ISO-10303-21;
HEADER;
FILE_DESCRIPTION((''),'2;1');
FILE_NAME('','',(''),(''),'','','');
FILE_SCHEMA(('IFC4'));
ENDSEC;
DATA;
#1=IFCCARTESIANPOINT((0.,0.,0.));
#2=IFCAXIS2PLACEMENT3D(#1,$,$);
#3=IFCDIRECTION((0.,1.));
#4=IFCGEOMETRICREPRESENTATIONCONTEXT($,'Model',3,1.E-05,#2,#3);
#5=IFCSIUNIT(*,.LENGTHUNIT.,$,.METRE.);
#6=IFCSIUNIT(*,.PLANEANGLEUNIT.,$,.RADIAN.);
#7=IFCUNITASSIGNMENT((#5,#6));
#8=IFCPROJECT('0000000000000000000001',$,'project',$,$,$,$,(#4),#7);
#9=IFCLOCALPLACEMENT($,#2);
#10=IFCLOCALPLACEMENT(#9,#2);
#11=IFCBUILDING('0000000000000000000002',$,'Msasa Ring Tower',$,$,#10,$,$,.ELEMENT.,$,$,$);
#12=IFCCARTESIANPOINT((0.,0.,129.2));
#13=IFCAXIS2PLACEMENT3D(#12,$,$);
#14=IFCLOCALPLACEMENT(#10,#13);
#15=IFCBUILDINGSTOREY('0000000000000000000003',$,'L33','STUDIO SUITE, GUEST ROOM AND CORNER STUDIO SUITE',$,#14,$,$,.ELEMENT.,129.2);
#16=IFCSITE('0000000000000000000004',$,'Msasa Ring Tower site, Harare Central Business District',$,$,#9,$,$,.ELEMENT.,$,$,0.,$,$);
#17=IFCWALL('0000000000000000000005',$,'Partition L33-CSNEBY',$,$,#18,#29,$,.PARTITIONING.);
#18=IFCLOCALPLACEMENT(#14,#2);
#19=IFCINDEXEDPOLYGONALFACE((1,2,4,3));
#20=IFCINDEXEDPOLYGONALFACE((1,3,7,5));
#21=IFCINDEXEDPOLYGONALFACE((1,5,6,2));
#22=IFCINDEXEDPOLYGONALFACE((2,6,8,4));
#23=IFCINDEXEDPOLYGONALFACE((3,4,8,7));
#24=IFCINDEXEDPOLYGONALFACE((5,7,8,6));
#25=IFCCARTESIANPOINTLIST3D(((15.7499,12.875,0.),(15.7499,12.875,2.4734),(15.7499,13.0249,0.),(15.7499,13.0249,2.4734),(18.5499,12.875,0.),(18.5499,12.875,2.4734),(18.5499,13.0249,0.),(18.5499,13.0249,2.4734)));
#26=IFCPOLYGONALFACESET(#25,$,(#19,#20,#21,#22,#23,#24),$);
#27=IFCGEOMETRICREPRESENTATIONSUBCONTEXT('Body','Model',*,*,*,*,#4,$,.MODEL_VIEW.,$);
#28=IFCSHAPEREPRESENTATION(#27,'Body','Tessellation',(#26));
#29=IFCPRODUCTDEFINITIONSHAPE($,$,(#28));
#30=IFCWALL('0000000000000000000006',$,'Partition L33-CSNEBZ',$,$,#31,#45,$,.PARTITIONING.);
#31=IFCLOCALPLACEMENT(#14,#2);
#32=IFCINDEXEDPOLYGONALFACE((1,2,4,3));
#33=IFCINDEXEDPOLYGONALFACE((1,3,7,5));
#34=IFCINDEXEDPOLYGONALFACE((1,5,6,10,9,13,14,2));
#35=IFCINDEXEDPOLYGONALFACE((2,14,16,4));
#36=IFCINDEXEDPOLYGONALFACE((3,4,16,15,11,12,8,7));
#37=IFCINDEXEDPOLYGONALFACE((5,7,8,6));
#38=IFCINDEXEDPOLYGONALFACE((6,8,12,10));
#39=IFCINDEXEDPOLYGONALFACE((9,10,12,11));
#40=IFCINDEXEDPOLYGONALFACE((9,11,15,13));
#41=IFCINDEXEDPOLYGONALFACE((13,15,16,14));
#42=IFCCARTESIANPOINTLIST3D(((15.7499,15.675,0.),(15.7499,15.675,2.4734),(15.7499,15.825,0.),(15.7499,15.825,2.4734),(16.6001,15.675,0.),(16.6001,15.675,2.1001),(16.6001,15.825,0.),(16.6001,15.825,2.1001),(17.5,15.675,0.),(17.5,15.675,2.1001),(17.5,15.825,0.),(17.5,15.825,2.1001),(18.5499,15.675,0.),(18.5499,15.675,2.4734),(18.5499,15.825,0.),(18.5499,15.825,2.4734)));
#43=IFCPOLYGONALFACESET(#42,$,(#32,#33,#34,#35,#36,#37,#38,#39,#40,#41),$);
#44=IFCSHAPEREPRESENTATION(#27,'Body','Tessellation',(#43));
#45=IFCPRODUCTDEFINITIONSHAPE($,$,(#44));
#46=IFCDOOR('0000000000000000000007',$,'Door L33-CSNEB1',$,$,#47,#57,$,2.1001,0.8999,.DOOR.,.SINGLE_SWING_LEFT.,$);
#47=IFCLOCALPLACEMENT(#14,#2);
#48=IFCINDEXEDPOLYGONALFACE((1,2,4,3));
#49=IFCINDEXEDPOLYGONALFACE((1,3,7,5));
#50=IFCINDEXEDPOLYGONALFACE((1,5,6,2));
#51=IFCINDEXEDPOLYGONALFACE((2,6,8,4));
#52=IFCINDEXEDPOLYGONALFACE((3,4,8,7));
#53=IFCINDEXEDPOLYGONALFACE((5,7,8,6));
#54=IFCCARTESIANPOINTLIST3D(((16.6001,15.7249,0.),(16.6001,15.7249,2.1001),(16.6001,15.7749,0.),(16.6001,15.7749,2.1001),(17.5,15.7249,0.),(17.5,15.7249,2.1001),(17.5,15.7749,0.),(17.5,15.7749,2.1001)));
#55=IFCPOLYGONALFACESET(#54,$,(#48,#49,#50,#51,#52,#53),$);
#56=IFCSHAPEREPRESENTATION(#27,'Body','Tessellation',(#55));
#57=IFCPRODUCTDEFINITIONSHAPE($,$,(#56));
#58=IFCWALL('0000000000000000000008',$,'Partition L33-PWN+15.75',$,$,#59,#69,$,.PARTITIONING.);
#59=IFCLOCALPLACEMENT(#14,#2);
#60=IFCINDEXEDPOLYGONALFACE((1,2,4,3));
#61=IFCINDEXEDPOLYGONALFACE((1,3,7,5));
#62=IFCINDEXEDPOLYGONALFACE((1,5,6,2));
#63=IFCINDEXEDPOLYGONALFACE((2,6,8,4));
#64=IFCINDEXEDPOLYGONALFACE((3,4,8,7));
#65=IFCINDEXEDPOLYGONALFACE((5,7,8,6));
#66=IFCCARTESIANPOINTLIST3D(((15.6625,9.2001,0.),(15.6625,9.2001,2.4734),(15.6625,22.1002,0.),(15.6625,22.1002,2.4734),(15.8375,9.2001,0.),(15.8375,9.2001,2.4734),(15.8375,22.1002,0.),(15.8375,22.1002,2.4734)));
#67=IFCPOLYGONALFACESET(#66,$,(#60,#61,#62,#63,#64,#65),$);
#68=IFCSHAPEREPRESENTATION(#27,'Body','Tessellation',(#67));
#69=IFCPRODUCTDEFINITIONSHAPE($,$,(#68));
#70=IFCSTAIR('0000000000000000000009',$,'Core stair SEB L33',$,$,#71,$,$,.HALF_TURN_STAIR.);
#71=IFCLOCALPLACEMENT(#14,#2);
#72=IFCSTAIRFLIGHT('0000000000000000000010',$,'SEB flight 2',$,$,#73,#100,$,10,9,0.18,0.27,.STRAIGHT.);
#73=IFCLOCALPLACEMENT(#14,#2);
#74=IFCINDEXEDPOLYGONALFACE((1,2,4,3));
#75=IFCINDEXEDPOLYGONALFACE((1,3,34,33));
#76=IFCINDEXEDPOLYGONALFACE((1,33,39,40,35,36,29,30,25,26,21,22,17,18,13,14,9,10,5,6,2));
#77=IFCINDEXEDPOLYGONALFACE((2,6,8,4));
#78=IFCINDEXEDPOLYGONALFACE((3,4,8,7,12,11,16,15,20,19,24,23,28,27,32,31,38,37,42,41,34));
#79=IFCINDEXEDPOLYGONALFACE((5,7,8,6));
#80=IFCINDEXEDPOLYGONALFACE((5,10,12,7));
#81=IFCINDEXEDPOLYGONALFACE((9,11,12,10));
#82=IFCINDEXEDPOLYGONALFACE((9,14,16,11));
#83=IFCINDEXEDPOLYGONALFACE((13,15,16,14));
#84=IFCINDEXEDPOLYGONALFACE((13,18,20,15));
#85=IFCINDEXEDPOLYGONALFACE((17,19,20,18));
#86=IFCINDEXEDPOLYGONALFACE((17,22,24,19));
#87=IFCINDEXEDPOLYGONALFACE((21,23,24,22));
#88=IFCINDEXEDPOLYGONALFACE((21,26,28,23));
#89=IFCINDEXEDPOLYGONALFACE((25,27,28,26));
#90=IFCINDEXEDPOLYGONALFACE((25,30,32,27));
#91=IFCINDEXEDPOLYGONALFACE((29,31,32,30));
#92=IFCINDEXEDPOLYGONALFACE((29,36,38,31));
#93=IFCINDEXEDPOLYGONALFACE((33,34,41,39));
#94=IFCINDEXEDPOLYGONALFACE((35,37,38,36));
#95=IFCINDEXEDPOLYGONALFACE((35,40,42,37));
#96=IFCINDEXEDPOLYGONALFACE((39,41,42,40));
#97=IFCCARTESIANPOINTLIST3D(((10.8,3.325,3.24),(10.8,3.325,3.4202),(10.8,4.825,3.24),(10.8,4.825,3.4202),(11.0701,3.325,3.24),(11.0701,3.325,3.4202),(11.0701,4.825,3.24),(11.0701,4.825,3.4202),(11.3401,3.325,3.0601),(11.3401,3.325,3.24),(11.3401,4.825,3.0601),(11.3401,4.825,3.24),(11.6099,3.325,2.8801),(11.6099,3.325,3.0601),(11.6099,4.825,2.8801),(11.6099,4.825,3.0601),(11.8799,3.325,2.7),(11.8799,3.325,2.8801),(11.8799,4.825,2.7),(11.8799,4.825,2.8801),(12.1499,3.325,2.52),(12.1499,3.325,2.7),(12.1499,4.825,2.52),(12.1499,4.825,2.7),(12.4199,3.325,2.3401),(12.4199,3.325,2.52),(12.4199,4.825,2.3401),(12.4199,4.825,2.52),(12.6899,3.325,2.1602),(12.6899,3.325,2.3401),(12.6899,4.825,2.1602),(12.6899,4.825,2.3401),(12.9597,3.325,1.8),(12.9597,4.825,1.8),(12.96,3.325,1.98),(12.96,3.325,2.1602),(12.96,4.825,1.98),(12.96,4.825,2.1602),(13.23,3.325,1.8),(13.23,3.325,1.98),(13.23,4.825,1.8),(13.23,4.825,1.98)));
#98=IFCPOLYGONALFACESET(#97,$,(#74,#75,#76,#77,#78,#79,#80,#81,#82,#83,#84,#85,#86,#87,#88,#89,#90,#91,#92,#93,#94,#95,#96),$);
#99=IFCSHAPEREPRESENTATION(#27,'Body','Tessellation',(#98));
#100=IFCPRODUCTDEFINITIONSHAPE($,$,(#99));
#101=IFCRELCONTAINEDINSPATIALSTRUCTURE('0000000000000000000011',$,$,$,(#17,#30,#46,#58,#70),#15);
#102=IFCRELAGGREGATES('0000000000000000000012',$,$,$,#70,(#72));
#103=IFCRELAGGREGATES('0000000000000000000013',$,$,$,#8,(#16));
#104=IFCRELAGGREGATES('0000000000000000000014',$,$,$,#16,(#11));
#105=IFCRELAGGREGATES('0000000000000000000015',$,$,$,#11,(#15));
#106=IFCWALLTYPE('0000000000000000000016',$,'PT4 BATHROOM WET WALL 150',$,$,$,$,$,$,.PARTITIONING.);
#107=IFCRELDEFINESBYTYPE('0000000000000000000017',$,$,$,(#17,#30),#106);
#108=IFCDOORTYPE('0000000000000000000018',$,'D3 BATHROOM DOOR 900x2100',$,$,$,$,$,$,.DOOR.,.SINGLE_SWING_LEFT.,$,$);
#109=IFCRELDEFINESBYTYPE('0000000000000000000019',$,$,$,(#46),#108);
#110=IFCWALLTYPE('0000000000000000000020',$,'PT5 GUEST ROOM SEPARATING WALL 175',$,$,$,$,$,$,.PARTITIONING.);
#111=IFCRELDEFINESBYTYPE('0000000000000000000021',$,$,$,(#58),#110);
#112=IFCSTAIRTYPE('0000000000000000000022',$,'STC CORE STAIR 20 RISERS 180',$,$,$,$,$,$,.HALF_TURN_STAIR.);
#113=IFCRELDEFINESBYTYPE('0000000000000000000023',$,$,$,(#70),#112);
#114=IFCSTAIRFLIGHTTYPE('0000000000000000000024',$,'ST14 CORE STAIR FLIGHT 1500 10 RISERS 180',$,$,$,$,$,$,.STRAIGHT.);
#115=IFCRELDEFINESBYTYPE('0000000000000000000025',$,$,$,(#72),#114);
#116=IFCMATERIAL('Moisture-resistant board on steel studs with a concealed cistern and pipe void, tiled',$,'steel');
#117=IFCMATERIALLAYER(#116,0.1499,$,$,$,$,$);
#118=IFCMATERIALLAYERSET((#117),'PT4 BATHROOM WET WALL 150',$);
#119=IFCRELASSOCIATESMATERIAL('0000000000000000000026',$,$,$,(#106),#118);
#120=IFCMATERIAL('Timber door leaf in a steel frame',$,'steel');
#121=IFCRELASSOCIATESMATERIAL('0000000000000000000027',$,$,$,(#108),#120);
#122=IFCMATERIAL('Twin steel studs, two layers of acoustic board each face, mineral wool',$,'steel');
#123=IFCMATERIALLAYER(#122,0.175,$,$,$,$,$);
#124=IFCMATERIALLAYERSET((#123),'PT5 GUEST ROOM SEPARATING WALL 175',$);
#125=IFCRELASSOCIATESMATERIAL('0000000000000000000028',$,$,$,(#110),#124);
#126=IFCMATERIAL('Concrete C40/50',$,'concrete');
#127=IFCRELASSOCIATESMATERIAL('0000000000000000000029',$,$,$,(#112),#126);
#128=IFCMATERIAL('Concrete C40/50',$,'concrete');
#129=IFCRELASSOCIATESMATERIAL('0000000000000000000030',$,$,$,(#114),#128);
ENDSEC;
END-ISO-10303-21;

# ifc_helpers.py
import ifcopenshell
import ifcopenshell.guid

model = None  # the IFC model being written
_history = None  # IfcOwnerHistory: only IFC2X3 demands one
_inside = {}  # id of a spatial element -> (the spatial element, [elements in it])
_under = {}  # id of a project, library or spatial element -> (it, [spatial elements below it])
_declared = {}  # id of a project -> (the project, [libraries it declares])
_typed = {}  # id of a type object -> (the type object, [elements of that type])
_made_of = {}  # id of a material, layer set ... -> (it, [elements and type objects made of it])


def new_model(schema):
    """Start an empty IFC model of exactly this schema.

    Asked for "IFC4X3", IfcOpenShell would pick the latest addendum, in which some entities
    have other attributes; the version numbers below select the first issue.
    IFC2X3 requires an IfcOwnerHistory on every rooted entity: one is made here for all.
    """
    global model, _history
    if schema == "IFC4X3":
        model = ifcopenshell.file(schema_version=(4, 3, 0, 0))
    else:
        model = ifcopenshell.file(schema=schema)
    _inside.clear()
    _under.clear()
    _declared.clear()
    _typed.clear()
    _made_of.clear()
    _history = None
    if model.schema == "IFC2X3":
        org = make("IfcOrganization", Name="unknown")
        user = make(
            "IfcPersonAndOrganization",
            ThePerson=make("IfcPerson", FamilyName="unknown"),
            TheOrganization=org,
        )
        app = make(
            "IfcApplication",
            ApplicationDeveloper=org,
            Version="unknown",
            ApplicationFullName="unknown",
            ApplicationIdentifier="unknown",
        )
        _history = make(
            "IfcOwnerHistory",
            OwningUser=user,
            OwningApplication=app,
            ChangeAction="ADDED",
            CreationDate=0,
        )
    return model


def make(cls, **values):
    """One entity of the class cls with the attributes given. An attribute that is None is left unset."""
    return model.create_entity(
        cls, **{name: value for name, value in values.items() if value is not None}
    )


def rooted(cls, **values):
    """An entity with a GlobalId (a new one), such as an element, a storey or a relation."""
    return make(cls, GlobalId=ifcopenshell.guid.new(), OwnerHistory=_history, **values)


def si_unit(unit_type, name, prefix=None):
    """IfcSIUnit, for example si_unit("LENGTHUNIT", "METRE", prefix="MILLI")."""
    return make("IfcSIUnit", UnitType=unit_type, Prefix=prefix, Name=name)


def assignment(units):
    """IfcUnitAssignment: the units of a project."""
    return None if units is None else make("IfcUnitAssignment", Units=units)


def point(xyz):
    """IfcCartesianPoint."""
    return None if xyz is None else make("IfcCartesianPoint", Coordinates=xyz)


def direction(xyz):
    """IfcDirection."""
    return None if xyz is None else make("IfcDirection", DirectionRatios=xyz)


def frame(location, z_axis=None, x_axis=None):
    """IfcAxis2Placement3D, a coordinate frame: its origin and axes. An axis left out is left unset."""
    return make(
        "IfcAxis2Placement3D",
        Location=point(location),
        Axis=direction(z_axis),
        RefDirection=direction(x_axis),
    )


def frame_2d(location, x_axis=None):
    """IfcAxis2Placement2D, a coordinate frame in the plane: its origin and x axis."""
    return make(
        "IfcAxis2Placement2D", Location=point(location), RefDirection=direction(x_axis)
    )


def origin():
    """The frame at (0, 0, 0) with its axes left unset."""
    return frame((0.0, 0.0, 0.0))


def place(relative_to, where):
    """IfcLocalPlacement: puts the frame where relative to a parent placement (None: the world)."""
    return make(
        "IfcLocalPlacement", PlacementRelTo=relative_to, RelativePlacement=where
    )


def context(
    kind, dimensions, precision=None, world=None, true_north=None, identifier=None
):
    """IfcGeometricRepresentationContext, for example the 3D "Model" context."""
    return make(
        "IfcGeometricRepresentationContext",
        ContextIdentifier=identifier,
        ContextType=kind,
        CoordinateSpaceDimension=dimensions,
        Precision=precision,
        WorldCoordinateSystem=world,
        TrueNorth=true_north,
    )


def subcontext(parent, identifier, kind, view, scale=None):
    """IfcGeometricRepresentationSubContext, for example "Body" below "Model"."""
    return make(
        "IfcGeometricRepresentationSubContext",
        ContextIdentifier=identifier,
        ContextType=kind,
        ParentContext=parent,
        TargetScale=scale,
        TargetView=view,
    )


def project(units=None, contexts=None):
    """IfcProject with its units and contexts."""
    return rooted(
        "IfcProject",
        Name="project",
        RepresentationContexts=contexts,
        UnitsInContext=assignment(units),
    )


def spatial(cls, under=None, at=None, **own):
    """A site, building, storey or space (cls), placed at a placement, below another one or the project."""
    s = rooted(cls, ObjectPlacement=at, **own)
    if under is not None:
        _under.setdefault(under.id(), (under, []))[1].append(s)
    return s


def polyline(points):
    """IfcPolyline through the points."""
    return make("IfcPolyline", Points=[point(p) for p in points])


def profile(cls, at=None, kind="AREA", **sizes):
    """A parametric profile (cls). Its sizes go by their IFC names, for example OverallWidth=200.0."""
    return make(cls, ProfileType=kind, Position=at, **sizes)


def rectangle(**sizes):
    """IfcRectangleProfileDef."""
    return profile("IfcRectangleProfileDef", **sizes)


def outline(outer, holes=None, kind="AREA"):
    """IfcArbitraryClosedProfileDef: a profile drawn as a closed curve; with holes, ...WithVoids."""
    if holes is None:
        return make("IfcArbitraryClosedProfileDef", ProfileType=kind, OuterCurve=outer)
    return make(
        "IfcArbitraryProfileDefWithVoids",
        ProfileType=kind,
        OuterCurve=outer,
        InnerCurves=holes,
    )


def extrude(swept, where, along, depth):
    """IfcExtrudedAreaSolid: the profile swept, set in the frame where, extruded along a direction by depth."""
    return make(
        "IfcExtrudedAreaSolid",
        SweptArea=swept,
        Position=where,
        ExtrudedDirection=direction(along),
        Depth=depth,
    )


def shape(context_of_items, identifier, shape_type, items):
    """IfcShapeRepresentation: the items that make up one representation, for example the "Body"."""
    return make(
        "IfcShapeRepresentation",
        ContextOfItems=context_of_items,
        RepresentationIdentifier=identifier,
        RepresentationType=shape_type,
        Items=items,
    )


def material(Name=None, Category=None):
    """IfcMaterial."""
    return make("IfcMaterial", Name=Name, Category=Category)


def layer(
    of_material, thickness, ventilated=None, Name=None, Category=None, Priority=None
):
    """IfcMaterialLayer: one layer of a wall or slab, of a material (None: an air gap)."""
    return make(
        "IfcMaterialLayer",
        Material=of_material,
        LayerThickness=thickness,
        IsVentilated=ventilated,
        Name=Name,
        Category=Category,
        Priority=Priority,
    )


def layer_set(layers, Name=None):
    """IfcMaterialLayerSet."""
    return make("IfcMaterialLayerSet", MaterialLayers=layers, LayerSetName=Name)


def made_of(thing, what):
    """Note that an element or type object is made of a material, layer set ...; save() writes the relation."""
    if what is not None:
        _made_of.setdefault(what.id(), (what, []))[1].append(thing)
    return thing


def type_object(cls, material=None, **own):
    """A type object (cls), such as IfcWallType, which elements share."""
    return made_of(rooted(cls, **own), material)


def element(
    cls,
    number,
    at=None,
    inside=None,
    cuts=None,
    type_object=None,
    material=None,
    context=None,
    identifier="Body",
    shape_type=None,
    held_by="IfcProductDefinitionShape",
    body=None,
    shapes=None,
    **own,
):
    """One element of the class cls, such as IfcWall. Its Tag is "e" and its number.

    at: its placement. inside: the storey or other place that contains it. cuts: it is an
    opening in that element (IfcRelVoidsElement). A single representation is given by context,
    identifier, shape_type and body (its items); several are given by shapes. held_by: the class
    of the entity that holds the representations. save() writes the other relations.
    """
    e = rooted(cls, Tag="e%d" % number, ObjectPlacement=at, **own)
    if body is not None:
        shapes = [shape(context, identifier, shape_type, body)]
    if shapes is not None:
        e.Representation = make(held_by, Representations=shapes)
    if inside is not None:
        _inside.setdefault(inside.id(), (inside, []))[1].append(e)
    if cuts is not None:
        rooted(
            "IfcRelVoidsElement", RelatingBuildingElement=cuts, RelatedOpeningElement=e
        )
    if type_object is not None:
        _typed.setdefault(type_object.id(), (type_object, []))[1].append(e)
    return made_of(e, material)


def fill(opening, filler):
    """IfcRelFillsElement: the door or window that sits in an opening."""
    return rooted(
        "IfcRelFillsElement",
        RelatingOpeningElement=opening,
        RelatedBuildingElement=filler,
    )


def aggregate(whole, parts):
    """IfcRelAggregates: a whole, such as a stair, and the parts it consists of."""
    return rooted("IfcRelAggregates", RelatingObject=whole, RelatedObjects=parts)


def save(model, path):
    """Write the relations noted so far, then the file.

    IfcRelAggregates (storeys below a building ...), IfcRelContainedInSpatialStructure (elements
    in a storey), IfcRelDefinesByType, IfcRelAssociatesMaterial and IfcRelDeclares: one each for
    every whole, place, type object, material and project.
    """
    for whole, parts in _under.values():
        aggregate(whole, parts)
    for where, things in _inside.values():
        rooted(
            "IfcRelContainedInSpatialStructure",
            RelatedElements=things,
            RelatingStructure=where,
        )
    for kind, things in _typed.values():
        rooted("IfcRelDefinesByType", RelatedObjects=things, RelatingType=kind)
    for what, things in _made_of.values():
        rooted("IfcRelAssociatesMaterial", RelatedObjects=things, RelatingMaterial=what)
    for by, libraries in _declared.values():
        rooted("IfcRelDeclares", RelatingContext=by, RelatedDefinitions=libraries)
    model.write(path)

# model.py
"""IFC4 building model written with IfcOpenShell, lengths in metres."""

from ifc_helpers import new_model, si_unit, direction, frame, frame_2d, origin, place, context, subcontext, project, spatial, polyline, rectangle, outline, extrude, material, layer, layer_set, type_object, element, fill, aggregate, save


model = new_model("IFC4")

# Units and contexts
model_context = context("Model", 3, precision=1e-05, world=origin(), true_north=direction((0.0, 1.0)))
body_context = subcontext(model_context, "Body", "Model", "MODEL_VIEW")
ifc_project = project(units=[si_unit("LENGTHUNIT", "METRE"), si_unit("PLANEANGLEUNIT", "RADIAN")], contexts=[model_context])

# Site, building, storey
site_placement = place(None, origin())
site = spatial("IfcSite", under=ifc_project, at=site_placement, Name="Msasa Ring Tower site, Harare Central Business District", CompositionType="ELEMENT", RefElevation=0.0)
building_placement = place(site_placement, origin())
building = spatial("IfcBuilding", under=site, at=building_placement, Name="Msasa Ring Tower", CompositionType="ELEMENT")
storey_placement = place(building_placement, frame((0.0, 0.0, 129.2)))
storey = spatial("IfcBuildingStorey", under=building, at=storey_placement, Name="L33", Description="STUDIO SUITE, GUEST ROOM AND CORNER STUDIO SUITE", CompositionType="ELEMENT", Elevation=129.2)

# Shared definitions
ifc_material_1 = material(Name="Moisture-resistant board on steel studs with a concealed cistern and pipe void, tiled", Category="steel")
ifc_layer_1 = layer(ifc_material_1, 0.1499)
ifc_layer_set_1 = layer_set([ifc_layer_1], Name="PT4 BATHROOM WET WALL 150")
wall_type_1 = type_object("IfcWallType", Name="PT4 BATHROOM WET WALL 150", PredefinedType="PARTITIONING", material=ifc_layer_set_1)
ifc_material_2 = material(Name="Timber door leaf in a steel frame", Category="steel")
door_type = type_object("IfcDoorType", Name="D3 BATHROOM DOOR 900x2100", OperationType="SINGLE_SWING_LEFT", PredefinedType="DOOR", material=ifc_material_2)

# Wall
wall_1_placement = place(storey_placement, frame((15.75, 12.95, 0.0), z_axis=(0.0, 0.0, 1.0), x_axis=(1.0, 0.0, 0.0)))
element("IfcWall", 1, at=wall_1_placement, inside=storey, type_object=wall_type_1, Name="Partition L33-CSNEBY", PredefinedType="PARTITIONING", context=body_context, shape_type="SweptSolid", body=[
    extrude(rectangle(XDim=2.8, YDim=0.1499, at=frame_2d((1.3999, 0.0))), origin(), (0.0, 0.0, 1.0), 2.4734),
])

# Wall, opening, door
wall_2_placement = place(storey_placement, frame((15.75, 15.75, 0.0), z_axis=(0.0, 0.0, 1.0), x_axis=(1.0, 0.0, 0.0)))
wall_2 = element("IfcWall", 2, at=wall_2_placement, inside=storey, type_object=wall_type_1, Name="Partition L33-CSNEBZ", PredefinedType="PARTITIONING", context=body_context, shape_type="SweptSolid", body=[
    extrude(rectangle(XDim=2.8, YDim=0.1499, at=frame_2d((1.3999, 0.0))), origin(), (0.0, 0.0, 1.0), 2.4734),
])
opening_1_placement = place(wall_2_placement, frame((0.8501, 0.0, 0.0)))
opening_1 = element("IfcOpeningElement", 3, at=opening_1_placement, cuts=wall_2, PredefinedType="OPENING", context=body_context, shape_type="SweptSolid", body=[
    extrude(rectangle(XDim=0.8999, YDim=2.1001, at=frame_2d((0.45, 1.05))), frame((0.0, 0.085, 0.0), z_axis=(0.0, -1.0, 0.0), x_axis=(1.0, 0.0, 0.0)), (0.0, 0.0, 1.0), 0.1699),
])
door_1_placement = place(opening_1_placement, origin())
door_1 = element("IfcDoor", 4, at=door_1_placement, inside=storey, type_object=door_type, Name="Door L33-CSNEB1", OperationType="SINGLE_SWING_LEFT", OverallHeight=2.1001, OverallWidth=0.8999, PredefinedType="DOOR", context=body_context, shape_type="SweptSolid", body=[
    extrude(rectangle(XDim=0.8999, YDim=2.1001, at=frame_2d((0.45, 1.05))), frame((0.0, 0.0249, 0.0), z_axis=(0.0, -1.0, 0.0), x_axis=(1.0, 0.0, 0.0)), (0.0, 0.0, 1.0), 0.05),
])
fill(opening_1, door_1)

# Wall
ifc_material_3 = material(Name="Twin steel studs, two layers of acoustic board each face, mineral wool", Category="steel")
ifc_layer_2 = layer(ifc_material_3, 0.175)
ifc_layer_set_2 = layer_set([ifc_layer_2], Name="PT5 GUEST ROOM SEPARATING WALL 175")
wall_type_2 = type_object("IfcWallType", Name="PT5 GUEST ROOM SEPARATING WALL 175", PredefinedType="PARTITIONING", material=ifc_layer_set_2)
wall_3_placement = place(storey_placement, frame((15.75, 9.2, 0.0), z_axis=(0.0, 0.0, 1.0), x_axis=(0.0, 1.0, 0.0)))
element("IfcWall", 5, at=wall_3_placement, inside=storey, type_object=wall_type_2, Name="Partition L33-PWN+15.75", PredefinedType="PARTITIONING", context=body_context, shape_type="SweptSolid", body=[
    extrude(rectangle(XDim=12.9001, YDim=0.175, at=frame_2d((6.4502, 0.0))), origin(), (0.0, 0.0, 1.0), 2.4734),
])

# Stair, stair flight
ifc_material_4 = material(Name="Concrete C40/50", Category="concrete")
stair_type = type_object("IfcStairType", Name="STC CORE STAIR 20 RISERS 180", PredefinedType="HALF_TURN_STAIR", material=ifc_material_4)
stair_placement = place(storey_placement, origin())
stair = element("IfcStair", 6, at=stair_placement, inside=storey, type_object=stair_type, Name="Core stair SEB L33", PredefinedType="HALF_TURN_STAIR")
ifc_material_5 = material(Name="Concrete C40/50", Category="concrete")
stair_flight_type = type_object("IfcStairFlightType", Name="ST14 CORE STAIR FLIGHT 1500 10 RISERS 180", PredefinedType="STRAIGHT", material=ifc_material_5)
stair_flight_placement = place(storey_placement, frame((13.23, 4.075, 1.8), z_axis=(0.0, 0.0, 1.0), x_axis=(-1.0, 0.0, 0.0)))
stair_flight = element("IfcStairFlight", 7, at=stair_flight_placement, type_object=stair_flight_type, Name="SEB flight 2", NumberOfRisers=10, NumberOfTreads=9, PredefinedType="STRAIGHT", RiserHeight=0.18, TreadLength=0.27, context=body_context, shape_type="SweptSolid", body=[
    extrude(outline(polyline([(0.0, 0.0), (0.0, 0.1799), (0.27, 0.1799), (0.27, 0.3601), (0.54, 0.3601), (0.54, 0.54), (0.8101, 0.54), (0.8101, 0.72), (1.0801, 0.72), (1.0801, 0.8999), (1.3501, 0.8999), (1.3501, 1.0801), (1.6201, 1.0801), (1.6201, 1.26), (1.8899, 1.26), (1.8899, 1.4399), (2.1599, 1.4399), (2.1599, 1.6201), (2.4299, 1.6201), (2.4299, 1.8), (2.4299, 1.4399), (0.2703, 0.0), (0.0, 0.0)])), frame((0.0, 0.75, 0.0), z_axis=(0.0, -1.0, 0.0), x_axis=(1.0, 0.0, 0.0)), (0.0, 0.0, 1.0), 1.5),
])
aggregate(stair, [stair_flight])

save(model, "model.ifc")
